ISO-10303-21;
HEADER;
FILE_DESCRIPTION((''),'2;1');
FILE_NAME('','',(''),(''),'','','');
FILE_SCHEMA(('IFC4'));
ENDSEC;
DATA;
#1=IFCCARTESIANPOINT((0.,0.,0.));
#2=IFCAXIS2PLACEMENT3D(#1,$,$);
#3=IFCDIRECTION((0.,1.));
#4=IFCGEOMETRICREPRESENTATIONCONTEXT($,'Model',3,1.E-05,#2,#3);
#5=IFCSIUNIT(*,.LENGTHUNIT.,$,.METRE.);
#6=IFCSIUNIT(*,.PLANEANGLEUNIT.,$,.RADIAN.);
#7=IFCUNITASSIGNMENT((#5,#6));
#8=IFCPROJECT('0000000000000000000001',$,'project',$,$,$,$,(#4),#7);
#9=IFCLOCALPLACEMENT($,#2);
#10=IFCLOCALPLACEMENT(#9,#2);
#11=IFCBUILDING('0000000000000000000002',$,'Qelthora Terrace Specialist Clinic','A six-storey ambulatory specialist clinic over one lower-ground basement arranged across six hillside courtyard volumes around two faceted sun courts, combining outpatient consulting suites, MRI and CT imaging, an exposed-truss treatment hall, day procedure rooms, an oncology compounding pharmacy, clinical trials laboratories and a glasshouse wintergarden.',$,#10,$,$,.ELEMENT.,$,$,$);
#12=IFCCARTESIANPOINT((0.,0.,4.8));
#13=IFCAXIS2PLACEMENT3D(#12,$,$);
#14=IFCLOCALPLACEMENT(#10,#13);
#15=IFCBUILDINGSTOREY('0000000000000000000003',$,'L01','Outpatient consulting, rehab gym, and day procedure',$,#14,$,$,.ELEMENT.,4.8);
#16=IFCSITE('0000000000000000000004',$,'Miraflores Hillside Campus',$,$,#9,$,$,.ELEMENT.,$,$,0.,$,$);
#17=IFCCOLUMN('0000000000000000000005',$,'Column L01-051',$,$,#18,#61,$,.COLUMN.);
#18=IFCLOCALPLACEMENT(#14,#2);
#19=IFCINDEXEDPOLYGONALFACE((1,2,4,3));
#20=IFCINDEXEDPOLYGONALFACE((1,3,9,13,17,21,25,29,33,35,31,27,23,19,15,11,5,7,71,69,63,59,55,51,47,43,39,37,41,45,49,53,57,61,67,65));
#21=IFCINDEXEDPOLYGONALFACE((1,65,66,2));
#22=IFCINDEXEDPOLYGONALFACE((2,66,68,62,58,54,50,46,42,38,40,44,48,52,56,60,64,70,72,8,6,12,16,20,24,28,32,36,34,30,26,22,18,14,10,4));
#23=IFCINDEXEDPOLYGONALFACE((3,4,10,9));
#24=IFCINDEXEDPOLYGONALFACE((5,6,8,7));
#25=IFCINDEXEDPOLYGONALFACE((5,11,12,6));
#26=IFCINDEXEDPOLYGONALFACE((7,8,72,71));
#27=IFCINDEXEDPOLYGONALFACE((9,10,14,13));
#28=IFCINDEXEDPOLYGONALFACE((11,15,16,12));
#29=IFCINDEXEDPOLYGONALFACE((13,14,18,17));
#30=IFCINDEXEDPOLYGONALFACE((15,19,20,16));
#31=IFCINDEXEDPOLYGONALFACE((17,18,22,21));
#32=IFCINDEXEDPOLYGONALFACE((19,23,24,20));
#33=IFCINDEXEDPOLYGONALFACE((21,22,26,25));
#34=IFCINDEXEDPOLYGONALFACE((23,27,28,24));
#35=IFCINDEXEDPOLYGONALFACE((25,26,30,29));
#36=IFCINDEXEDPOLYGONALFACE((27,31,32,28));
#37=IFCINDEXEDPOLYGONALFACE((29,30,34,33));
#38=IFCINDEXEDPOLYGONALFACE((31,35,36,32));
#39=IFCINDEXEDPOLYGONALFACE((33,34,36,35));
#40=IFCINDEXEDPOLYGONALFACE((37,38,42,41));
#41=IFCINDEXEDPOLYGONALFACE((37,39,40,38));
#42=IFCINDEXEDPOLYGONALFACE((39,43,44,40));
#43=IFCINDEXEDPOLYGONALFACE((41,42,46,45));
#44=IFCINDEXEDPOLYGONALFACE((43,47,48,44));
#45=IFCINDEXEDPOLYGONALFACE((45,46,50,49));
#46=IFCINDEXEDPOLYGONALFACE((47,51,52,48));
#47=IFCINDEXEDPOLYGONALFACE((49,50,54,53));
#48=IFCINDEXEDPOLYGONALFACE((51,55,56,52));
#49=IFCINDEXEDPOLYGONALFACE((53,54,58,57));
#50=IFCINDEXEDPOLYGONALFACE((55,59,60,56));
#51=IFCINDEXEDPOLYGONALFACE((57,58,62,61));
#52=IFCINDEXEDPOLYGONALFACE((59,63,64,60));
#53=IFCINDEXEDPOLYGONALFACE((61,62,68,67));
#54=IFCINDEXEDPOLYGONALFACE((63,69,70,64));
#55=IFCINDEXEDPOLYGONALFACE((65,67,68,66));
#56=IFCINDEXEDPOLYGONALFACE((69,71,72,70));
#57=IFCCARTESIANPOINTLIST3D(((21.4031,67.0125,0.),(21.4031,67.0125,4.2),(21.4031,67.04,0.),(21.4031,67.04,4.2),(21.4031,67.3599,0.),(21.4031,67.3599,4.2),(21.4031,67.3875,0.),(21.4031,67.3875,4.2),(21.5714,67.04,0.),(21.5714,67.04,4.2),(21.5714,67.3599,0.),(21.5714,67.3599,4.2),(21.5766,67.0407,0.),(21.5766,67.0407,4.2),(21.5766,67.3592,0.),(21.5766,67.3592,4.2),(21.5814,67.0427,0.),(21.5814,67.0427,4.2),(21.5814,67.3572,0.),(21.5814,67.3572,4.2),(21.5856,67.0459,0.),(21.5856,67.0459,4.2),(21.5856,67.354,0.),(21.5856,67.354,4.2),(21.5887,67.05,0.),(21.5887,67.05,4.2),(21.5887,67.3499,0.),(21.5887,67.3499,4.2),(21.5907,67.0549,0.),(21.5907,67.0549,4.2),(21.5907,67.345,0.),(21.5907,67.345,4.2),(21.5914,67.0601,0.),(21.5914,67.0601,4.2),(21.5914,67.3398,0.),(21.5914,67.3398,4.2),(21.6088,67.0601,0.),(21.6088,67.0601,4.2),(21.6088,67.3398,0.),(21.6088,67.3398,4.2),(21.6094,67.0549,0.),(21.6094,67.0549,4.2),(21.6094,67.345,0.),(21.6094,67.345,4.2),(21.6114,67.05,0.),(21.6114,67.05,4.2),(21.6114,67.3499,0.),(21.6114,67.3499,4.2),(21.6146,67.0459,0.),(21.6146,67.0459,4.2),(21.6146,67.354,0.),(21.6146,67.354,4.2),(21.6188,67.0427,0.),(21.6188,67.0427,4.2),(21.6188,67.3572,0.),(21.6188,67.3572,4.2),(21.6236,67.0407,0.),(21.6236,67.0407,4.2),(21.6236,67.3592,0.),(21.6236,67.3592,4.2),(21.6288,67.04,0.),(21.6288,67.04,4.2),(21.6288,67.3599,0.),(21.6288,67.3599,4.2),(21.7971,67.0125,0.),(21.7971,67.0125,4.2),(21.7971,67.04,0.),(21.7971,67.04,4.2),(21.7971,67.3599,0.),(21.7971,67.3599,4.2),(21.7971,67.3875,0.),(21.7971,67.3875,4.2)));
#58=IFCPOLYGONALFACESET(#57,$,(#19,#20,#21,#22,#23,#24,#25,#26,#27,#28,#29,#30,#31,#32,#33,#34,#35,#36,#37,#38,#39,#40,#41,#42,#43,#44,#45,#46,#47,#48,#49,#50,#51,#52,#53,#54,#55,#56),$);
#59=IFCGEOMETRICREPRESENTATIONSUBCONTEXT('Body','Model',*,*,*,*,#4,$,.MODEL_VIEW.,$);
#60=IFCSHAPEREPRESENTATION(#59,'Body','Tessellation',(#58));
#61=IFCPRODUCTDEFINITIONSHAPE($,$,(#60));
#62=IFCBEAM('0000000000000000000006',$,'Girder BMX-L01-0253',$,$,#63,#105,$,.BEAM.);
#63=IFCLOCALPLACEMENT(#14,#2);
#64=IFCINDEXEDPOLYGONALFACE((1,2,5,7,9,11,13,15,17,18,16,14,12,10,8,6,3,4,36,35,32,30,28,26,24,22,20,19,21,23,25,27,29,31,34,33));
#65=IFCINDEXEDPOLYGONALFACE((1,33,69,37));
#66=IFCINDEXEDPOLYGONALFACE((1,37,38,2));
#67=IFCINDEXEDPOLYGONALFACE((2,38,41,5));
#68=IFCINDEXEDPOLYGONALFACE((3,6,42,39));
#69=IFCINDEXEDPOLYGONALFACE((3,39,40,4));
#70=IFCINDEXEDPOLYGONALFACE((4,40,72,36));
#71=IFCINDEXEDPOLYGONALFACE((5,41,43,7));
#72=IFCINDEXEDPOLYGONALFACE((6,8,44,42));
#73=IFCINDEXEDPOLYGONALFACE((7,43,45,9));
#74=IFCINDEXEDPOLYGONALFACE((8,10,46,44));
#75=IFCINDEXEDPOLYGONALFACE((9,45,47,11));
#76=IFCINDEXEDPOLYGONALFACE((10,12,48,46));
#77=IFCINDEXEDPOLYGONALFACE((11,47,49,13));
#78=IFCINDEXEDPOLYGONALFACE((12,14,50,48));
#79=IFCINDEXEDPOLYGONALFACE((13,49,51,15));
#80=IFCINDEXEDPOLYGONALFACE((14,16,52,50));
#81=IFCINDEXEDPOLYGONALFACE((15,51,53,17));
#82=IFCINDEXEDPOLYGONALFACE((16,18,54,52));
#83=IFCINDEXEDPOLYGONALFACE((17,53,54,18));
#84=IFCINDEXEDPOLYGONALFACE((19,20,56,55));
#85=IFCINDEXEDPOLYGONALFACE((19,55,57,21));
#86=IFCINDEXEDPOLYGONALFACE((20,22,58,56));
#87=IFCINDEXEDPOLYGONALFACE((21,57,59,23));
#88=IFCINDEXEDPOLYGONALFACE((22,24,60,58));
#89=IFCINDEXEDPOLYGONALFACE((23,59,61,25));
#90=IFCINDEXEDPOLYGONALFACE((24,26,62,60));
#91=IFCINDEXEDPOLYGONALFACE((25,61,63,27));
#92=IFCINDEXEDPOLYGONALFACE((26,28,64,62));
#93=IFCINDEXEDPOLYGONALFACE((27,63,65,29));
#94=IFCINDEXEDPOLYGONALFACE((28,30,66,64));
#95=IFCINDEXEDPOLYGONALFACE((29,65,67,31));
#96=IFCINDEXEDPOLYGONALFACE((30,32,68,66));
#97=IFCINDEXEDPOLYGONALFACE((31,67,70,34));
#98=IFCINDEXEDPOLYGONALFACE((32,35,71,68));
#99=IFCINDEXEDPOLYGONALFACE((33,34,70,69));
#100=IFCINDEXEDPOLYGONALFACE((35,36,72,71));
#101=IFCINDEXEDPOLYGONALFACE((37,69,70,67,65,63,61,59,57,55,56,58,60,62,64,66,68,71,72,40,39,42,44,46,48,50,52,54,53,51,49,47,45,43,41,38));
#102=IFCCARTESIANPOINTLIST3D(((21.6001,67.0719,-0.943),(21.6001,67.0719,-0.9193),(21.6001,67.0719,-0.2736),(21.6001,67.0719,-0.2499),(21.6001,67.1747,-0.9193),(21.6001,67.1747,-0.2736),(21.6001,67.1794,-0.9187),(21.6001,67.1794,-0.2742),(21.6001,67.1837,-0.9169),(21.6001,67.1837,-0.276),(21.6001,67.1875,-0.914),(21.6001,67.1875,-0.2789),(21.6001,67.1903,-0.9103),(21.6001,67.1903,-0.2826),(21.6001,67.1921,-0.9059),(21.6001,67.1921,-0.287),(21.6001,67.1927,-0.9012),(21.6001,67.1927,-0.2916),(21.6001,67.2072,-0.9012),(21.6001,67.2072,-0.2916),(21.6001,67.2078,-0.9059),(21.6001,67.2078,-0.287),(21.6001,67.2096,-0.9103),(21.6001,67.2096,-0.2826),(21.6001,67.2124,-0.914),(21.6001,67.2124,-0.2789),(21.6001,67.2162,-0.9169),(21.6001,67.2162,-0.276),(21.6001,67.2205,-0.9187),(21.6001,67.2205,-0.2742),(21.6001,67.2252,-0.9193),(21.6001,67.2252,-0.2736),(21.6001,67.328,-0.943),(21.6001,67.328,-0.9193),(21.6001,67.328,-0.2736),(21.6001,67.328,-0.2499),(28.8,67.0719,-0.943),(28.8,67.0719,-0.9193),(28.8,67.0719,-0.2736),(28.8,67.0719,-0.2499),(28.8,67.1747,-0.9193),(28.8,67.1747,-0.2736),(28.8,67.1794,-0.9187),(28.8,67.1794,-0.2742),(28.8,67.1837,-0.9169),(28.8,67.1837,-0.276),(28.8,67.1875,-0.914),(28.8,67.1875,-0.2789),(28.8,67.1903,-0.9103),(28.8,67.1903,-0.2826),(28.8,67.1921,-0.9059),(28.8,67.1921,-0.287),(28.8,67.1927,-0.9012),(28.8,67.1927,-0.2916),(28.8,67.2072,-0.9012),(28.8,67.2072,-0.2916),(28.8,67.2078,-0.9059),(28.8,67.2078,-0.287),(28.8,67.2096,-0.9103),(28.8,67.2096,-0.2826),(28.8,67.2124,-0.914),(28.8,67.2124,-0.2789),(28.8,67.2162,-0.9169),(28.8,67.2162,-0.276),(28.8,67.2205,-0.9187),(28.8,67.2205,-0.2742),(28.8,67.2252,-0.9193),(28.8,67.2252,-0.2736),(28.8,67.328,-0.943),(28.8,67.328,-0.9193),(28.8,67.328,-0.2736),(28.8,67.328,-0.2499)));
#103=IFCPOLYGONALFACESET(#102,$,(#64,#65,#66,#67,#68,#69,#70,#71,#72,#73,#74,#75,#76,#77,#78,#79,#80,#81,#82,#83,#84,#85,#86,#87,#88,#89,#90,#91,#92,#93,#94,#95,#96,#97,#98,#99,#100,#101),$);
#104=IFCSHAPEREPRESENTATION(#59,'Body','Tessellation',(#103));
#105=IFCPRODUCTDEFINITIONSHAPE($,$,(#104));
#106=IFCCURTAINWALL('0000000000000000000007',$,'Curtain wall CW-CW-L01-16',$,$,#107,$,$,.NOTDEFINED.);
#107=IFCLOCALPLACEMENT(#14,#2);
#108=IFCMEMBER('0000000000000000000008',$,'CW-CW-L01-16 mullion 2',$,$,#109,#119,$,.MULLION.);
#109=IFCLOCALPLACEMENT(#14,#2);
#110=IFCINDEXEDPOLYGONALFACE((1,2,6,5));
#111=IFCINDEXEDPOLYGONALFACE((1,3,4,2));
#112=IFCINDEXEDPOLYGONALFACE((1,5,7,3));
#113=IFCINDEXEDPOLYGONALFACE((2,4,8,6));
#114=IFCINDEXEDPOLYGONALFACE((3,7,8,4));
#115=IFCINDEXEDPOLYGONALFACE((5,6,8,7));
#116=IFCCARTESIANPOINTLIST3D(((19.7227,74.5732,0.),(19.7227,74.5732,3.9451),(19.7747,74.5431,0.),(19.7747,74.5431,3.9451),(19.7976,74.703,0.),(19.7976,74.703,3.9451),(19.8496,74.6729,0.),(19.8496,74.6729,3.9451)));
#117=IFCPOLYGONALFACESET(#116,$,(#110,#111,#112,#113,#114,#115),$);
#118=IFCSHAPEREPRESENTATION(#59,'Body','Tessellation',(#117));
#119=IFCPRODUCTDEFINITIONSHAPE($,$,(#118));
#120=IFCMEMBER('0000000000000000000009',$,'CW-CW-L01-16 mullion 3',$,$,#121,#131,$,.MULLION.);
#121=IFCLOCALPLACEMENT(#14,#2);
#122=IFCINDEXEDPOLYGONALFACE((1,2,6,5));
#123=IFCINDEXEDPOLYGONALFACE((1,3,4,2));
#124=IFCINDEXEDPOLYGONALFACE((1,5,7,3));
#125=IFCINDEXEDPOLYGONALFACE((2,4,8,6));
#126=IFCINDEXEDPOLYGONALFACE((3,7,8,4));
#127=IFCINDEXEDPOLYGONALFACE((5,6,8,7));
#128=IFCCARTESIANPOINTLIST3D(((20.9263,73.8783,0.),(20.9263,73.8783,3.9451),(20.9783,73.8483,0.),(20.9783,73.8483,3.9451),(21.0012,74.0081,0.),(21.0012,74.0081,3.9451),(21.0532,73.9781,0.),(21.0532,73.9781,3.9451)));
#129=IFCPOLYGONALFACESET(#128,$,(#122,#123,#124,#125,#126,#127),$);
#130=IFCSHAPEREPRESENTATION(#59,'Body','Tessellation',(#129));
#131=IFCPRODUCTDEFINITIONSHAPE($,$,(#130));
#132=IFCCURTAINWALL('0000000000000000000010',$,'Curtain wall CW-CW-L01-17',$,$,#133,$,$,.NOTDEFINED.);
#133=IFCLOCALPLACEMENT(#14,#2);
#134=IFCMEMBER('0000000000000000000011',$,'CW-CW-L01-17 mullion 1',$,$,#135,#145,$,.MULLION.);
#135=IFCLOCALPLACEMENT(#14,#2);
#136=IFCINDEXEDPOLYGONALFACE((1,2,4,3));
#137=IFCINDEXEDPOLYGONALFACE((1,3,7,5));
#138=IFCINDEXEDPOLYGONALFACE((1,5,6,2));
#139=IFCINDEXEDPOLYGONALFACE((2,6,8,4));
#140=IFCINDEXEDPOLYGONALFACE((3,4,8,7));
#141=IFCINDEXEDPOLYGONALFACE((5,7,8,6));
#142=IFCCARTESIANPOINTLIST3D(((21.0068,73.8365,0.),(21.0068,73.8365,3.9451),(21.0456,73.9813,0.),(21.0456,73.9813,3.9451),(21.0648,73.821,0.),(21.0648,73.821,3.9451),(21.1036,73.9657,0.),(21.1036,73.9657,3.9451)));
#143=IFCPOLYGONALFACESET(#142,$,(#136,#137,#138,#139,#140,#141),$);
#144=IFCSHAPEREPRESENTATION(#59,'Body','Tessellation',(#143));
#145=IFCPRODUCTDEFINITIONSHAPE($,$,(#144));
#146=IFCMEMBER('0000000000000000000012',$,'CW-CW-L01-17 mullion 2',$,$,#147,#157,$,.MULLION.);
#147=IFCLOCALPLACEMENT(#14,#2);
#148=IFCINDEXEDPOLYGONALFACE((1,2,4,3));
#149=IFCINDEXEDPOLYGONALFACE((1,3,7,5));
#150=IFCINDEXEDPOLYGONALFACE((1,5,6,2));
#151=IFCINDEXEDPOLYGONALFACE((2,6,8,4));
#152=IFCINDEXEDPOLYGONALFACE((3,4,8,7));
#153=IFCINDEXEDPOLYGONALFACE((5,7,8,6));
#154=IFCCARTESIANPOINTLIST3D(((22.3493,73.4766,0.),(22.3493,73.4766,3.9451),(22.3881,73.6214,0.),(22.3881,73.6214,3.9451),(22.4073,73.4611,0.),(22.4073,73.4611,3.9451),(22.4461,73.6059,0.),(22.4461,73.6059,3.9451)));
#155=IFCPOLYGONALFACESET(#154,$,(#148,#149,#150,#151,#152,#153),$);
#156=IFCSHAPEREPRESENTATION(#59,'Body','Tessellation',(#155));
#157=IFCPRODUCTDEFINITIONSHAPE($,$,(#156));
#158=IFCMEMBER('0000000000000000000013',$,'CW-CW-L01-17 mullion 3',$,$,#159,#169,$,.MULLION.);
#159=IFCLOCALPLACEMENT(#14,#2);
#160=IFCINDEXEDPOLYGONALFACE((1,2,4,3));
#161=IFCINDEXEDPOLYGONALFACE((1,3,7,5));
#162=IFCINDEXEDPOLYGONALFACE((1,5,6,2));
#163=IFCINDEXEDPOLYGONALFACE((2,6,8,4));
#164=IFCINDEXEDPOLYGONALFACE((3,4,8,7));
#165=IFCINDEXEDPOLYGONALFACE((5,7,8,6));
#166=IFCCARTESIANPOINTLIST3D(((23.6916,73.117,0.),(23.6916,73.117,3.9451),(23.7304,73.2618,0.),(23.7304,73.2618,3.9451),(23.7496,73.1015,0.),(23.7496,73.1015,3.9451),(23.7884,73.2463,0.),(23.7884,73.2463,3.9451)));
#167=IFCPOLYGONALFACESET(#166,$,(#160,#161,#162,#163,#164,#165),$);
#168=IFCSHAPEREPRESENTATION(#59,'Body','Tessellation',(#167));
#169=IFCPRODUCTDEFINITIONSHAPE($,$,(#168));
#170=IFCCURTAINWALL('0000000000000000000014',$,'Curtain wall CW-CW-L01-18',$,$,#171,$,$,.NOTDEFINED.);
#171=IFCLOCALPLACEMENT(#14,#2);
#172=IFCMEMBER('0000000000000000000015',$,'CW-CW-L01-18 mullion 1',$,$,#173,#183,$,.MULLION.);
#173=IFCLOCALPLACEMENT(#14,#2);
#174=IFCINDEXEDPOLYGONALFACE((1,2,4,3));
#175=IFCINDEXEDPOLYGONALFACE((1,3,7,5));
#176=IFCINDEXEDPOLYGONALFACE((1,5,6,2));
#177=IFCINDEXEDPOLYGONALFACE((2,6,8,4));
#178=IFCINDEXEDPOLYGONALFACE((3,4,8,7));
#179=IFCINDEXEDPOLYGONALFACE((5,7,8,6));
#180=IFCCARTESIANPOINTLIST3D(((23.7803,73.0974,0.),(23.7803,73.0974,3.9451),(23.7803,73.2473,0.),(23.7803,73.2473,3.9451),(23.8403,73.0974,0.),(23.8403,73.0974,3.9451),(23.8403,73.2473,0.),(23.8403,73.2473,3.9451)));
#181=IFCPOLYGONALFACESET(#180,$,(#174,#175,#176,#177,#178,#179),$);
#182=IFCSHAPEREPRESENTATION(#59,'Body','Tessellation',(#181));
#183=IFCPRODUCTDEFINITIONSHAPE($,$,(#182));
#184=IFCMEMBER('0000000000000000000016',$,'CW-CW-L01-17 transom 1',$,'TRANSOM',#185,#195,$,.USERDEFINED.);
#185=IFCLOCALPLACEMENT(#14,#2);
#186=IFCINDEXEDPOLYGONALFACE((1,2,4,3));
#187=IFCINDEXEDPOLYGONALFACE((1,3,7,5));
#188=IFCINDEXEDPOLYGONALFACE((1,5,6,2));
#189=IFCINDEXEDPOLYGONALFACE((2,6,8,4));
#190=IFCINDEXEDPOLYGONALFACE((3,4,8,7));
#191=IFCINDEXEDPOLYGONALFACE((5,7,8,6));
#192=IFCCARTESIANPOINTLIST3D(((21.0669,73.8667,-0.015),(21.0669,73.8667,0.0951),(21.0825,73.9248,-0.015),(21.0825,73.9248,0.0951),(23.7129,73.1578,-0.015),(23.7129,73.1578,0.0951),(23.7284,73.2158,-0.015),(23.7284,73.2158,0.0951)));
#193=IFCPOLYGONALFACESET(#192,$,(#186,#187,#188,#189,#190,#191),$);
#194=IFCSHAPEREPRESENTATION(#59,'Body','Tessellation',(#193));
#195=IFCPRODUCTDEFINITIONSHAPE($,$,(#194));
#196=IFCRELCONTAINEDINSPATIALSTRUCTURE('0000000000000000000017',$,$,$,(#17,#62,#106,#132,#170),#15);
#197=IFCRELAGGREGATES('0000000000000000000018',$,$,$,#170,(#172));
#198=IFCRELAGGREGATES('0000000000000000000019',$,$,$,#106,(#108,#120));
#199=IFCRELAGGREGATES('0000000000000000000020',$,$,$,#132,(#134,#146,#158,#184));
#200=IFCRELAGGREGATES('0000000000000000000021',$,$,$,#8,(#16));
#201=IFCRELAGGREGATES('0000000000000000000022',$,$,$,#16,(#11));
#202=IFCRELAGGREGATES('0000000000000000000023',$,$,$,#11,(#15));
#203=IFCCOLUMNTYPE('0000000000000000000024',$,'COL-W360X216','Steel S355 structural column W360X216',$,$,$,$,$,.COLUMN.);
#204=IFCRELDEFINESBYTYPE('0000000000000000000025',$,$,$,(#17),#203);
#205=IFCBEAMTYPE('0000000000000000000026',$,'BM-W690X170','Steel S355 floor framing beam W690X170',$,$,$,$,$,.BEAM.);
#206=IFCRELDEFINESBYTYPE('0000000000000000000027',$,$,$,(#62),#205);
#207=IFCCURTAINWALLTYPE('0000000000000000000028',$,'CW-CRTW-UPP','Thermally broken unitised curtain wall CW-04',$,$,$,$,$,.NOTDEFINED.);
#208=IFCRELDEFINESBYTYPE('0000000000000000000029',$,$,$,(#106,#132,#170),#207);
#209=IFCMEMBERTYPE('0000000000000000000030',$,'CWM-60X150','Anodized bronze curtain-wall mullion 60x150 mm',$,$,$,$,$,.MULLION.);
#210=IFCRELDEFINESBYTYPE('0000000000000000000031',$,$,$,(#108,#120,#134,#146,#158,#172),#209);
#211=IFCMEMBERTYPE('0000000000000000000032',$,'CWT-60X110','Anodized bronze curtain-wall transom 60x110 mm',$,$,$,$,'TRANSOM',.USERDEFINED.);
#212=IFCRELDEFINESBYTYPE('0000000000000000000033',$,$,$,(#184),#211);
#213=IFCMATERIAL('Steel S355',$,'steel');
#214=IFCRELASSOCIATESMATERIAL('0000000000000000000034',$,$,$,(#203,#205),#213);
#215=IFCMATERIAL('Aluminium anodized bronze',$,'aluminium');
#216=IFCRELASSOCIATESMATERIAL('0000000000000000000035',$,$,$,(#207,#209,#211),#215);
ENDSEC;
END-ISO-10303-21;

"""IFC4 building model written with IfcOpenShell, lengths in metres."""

from ifc_helpers import new_model, si_unit, direction, frame, origin, origin_2d, place, context, subcontext, project, spatial, rectangle, i_section, extrude, material, material_profile, profile_set, type_object, element, aggregate, save


model = new_model("IFC4")

# Units and contexts
model_context = context("Model", 3, precision=1e-05, world=origin(), true_north=direction((0.0, 1.0)))
body_context = subcontext(model_context, "Body", "Model", "MODEL_VIEW")
ifc_project = project(units=[si_unit("LENGTHUNIT", "METRE"), si_unit("PLANEANGLEUNIT", "RADIAN")], contexts=[model_context])

# Site, building, storey
site_placement = place(None, origin())
site = spatial("IfcSite", under=ifc_project, at=site_placement, Name="Miraflores Hillside Campus", CompositionType="ELEMENT", RefElevation=0.0)
building_placement = place(site_placement, origin())
building = spatial("IfcBuilding", under=site, at=building_placement, Name="Qelthora Terrace Specialist Clinic", Description="A six-storey ambulatory specialist clinic over one lower-ground basement arranged across six hillside courtyard volumes around two faceted sun courts, combining outpatient consulting suites, MRI and CT imaging, an exposed-truss treatment hall, day procedure rooms, an oncology compounding pharmacy, clinical trials laboratories and a glasshouse wintergarden.", CompositionType="ELEMENT")
storey_placement = place(building_placement, frame((0.0, 0.0, 4.8)))
storey = spatial("IfcBuildingStorey", under=building, at=storey_placement, Name="L01", Description="Outpatient consulting, rehab gym, and day procedure", CompositionType="ELEMENT", Elevation=4.8)

# Column
ifc_material_1 = material(Name="Steel S355", Category="steel")
ifc_material_profile_1 = material_profile(ifc_material_1, i_section(OverallWidth=0.394, OverallDepth=0.375, WebThickness=0.0173, FlangeThickness=0.0276, FilletRadius=0.02, at=origin_2d()), Name="W360X216")
ifc_profile_set_1 = profile_set([ifc_material_profile_1], Name="Steel S355")
column_type = type_object("IfcColumnType", Name="COL-W360X216", Description="Steel S355 structural column W360X216", PredefinedType="COLUMN", material=ifc_profile_set_1)
column_placement = place(storey_placement, frame((21.6001, 67.2, 0.0), z_axis=(0.0, 0.0, 1.0), x_axis=(1.0, 0.0, 0.0)))
element("IfcColumn", 1, at=column_placement, inside=storey, type_object=column_type, Name="Column L01-051", PredefinedType="COLUMN", context=body_context, shape_type="SweptSolid", body=[
    extrude(i_section(OverallWidth=0.394, OverallDepth=0.375, WebThickness=0.0173, FlangeThickness=0.0276, FilletRadius=0.02, at=origin_2d()), origin(), (0.0, 0.0, 1.0), 4.2),
])

# Beam
ifc_material_profile_2 = material_profile(ifc_material_1, i_section(OverallWidth=0.2561, OverallDepth=0.6931, WebThickness=0.0144, FlangeThickness=0.0237, FilletRadius=0.0181, at=origin_2d()), Name="W690X170")
ifc_profile_set_2 = profile_set([ifc_material_profile_2], Name="Steel S355")
beam_type = type_object("IfcBeamType", Name="BM-W690X170", Description="Steel S355 floor framing beam W690X170", PredefinedType="BEAM", material=ifc_profile_set_2)
beam_placement = place(storey_placement, frame((21.6001, 67.2, -0.5964), z_axis=(1.0, 0.0, 0.0), x_axis=(0.0, 1.0, 0.0)))
element("IfcBeam", 2, at=beam_placement, inside=storey, type_object=beam_type, Name="Girder BMX-L01-0253", PredefinedType="BEAM", context=body_context, shape_type="SweptSolid", body=[
    extrude(i_section(OverallWidth=0.2561, OverallDepth=0.6931, WebThickness=0.0144, FlangeThickness=0.0237, FilletRadius=0.0181, at=origin_2d()), origin(), (0.0, 0.0, 1.0), 7.2),
])

# Curtain walls, members
ifc_material_2 = material(Name="Aluminium anodized bronze", Category="aluminium")
curtain_wall_type = type_object("IfcCurtainWallType", Name="CW-CRTW-UPP", Description="Thermally broken unitised curtain wall CW-04", PredefinedType="NOTDEFINED", material=ifc_material_2)
curtain_wall_1_placement = place(storey_placement, origin())
curtain_wall_1 = element("IfcCurtainWall", 3, at=curtain_wall_1_placement, inside=storey, type_object=curtain_wall_type, Name="Curtain wall CW-CW-L01-16", PredefinedType="NOTDEFINED")
ifc_material_profile_3 = material_profile(ifc_material_2, rectangle(XDim=0.0601, YDim=0.1499, at=origin_2d()), Name="CWM60X150")
ifc_profile_set_3 = profile_set([ifc_material_profile_3], Name="Aluminium anodized bronze")
member_type_1 = type_object("IfcMemberType", Name="CWM-60X150", Description="Anodized bronze curtain-wall mullion 60x150 mm", PredefinedType="MULLION", material=ifc_profile_set_3)
member_1_placement = place(storey_placement, frame((19.7861, 74.623, 0.0), z_axis=(0.0, 0.0, 1.0), x_axis=(0.866026, -0.5, 0.0)))
member_1 = element("IfcMember", 4, at=member_1_placement, type_object=member_type_1, Name="CW-CW-L01-16 mullion 2", PredefinedType="MULLION", context=body_context, shape_type="SweptSolid", body=[
    extrude(rectangle(XDim=0.0601, YDim=0.1499, at=origin_2d()), origin(), (0.0, 0.0, 1.0), 3.9451),
])
member_2_placement = place(storey_placement, frame((20.9897, 73.9282, 0.0), z_axis=(0.0, 0.0, 1.0), x_axis=(0.866026, -0.5, 0.0)))
member_2 = element("IfcMember", 5, at=member_2_placement, type_object=member_type_1, Name="CW-CW-L01-16 mullion 3", PredefinedType="MULLION", context=body_context, shape_type="SweptSolid", body=[
    extrude(rectangle(XDim=0.0601, YDim=0.1499, at=origin_2d()), origin(), (0.0, 0.0, 1.0), 3.9451),
])
curtain_wall_2_placement = place(storey_placement, origin())
curtain_wall_2 = element("IfcCurtainWall", 6, at=curtain_wall_2_placement, inside=storey, type_object=curtain_wall_type, Name="Curtain wall CW-CW-L01-17", PredefinedType="NOTDEFINED")
member_3_placement = place(storey_placement, frame((21.0552, 73.9011, 0.0), z_axis=(0.0, 0.0, 1.0), x_axis=(0.965925, -0.25882, 0.0)))
member_3 = element("IfcMember", 7, at=member_3_placement, type_object=member_type_1, Name="CW-CW-L01-17 mullion 1", PredefinedType="MULLION", context=body_context, shape_type="SweptSolid", body=[
    extrude(rectangle(XDim=0.0601, YDim=0.1499, at=origin_2d()), origin(), (0.0, 0.0, 1.0), 3.9451),
])
member_4_placement = place(storey_placement, frame((22.3977, 73.5413, 0.0), z_axis=(0.0, 0.0, 1.0), x_axis=(0.965925, -0.25882, 0.0)))
member_4 = element("IfcMember", 8, at=member_4_placement, type_object=member_type_1, Name="CW-CW-L01-17 mullion 2", PredefinedType="MULLION", context=body_context, shape_type="SweptSolid", body=[
    extrude(rectangle(XDim=0.0601, YDim=0.1499, at=origin_2d()), origin(), (0.0, 0.0, 1.0), 3.9451),
])
member_5_placement = place(storey_placement, frame((23.74, 73.1816, 0.0), z_axis=(0.0, 0.0, 1.0), x_axis=(0.965925, -0.25882, 0.0)))
member_5 = element("IfcMember", 9, at=member_5_placement, type_object=member_type_1, Name="CW-CW-L01-17 mullion 3", PredefinedType="MULLION", context=body_context, shape_type="SweptSolid", body=[
    extrude(rectangle(XDim=0.0601, YDim=0.1499, at=origin_2d()), origin(), (0.0, 0.0, 1.0), 3.9451),
])

# Curtain wall, member
curtain_wall_3_placement = place(storey_placement, origin())
curtain_wall_3 = element("IfcCurtainWall", 10, at=curtain_wall_3_placement, inside=storey, type_object=curtain_wall_type, Name="Curtain wall CW-CW-L01-18", PredefinedType="NOTDEFINED")
member_6_placement = place(storey_placement, frame((23.8103, 73.1724, 0.0), z_axis=(0.0, 0.0, 1.0), x_axis=(1.0, 0.0, 0.0)))
member_6 = element("IfcMember", 11, at=member_6_placement, type_object=member_type_1, Name="CW-CW-L01-18 mullion 1", PredefinedType="MULLION", context=body_context, shape_type="SweptSolid", body=[
    extrude(rectangle(XDim=0.0601, YDim=0.1499, at=origin_2d()), origin(), (0.0, 0.0, 1.0), 3.9451),
])

# Member
ifc_material_profile_4 = material_profile(ifc_material_2, rectangle(XDim=0.0601, YDim=0.1101, at=origin_2d()), Name="CWT60X110")
ifc_profile_set_4 = profile_set([ifc_material_profile_4], Name="Aluminium anodized bronze")
member_type_2 = type_object("IfcMemberType", Name="CWT-60X110", Description="Anodized bronze curtain-wall transom 60x110 mm", ElementType="TRANSOM", PredefinedType="USERDEFINED", material=ifc_profile_set_4)
member_7_placement = place(storey_placement, frame((21.0747, 73.8958, 0.04), z_axis=(0.965927, -0.258816, 0.0), x_axis=(0.258816, 0.965927, 0.0)))
member_7 = element("IfcMember", 12, at=member_7_placement, type_object=member_type_2, Name="CW-CW-L01-17 transom 1", ObjectType="TRANSOM", PredefinedType="USERDEFINED", context=body_context, shape_type="SweptSolid", body=[
    extrude(rectangle(XDim=0.0601, YDim=0.1101, at=origin_2d()), origin(), (0.0, 0.0, 1.0), 2.7393),
])
aggregate(curtain_wall_3, [member_6])

aggregate(curtain_wall_1, [member_1, member_2])
aggregate(curtain_wall_2, [member_3, member_4, member_5, member_7])

save(model, "model.ifc")
